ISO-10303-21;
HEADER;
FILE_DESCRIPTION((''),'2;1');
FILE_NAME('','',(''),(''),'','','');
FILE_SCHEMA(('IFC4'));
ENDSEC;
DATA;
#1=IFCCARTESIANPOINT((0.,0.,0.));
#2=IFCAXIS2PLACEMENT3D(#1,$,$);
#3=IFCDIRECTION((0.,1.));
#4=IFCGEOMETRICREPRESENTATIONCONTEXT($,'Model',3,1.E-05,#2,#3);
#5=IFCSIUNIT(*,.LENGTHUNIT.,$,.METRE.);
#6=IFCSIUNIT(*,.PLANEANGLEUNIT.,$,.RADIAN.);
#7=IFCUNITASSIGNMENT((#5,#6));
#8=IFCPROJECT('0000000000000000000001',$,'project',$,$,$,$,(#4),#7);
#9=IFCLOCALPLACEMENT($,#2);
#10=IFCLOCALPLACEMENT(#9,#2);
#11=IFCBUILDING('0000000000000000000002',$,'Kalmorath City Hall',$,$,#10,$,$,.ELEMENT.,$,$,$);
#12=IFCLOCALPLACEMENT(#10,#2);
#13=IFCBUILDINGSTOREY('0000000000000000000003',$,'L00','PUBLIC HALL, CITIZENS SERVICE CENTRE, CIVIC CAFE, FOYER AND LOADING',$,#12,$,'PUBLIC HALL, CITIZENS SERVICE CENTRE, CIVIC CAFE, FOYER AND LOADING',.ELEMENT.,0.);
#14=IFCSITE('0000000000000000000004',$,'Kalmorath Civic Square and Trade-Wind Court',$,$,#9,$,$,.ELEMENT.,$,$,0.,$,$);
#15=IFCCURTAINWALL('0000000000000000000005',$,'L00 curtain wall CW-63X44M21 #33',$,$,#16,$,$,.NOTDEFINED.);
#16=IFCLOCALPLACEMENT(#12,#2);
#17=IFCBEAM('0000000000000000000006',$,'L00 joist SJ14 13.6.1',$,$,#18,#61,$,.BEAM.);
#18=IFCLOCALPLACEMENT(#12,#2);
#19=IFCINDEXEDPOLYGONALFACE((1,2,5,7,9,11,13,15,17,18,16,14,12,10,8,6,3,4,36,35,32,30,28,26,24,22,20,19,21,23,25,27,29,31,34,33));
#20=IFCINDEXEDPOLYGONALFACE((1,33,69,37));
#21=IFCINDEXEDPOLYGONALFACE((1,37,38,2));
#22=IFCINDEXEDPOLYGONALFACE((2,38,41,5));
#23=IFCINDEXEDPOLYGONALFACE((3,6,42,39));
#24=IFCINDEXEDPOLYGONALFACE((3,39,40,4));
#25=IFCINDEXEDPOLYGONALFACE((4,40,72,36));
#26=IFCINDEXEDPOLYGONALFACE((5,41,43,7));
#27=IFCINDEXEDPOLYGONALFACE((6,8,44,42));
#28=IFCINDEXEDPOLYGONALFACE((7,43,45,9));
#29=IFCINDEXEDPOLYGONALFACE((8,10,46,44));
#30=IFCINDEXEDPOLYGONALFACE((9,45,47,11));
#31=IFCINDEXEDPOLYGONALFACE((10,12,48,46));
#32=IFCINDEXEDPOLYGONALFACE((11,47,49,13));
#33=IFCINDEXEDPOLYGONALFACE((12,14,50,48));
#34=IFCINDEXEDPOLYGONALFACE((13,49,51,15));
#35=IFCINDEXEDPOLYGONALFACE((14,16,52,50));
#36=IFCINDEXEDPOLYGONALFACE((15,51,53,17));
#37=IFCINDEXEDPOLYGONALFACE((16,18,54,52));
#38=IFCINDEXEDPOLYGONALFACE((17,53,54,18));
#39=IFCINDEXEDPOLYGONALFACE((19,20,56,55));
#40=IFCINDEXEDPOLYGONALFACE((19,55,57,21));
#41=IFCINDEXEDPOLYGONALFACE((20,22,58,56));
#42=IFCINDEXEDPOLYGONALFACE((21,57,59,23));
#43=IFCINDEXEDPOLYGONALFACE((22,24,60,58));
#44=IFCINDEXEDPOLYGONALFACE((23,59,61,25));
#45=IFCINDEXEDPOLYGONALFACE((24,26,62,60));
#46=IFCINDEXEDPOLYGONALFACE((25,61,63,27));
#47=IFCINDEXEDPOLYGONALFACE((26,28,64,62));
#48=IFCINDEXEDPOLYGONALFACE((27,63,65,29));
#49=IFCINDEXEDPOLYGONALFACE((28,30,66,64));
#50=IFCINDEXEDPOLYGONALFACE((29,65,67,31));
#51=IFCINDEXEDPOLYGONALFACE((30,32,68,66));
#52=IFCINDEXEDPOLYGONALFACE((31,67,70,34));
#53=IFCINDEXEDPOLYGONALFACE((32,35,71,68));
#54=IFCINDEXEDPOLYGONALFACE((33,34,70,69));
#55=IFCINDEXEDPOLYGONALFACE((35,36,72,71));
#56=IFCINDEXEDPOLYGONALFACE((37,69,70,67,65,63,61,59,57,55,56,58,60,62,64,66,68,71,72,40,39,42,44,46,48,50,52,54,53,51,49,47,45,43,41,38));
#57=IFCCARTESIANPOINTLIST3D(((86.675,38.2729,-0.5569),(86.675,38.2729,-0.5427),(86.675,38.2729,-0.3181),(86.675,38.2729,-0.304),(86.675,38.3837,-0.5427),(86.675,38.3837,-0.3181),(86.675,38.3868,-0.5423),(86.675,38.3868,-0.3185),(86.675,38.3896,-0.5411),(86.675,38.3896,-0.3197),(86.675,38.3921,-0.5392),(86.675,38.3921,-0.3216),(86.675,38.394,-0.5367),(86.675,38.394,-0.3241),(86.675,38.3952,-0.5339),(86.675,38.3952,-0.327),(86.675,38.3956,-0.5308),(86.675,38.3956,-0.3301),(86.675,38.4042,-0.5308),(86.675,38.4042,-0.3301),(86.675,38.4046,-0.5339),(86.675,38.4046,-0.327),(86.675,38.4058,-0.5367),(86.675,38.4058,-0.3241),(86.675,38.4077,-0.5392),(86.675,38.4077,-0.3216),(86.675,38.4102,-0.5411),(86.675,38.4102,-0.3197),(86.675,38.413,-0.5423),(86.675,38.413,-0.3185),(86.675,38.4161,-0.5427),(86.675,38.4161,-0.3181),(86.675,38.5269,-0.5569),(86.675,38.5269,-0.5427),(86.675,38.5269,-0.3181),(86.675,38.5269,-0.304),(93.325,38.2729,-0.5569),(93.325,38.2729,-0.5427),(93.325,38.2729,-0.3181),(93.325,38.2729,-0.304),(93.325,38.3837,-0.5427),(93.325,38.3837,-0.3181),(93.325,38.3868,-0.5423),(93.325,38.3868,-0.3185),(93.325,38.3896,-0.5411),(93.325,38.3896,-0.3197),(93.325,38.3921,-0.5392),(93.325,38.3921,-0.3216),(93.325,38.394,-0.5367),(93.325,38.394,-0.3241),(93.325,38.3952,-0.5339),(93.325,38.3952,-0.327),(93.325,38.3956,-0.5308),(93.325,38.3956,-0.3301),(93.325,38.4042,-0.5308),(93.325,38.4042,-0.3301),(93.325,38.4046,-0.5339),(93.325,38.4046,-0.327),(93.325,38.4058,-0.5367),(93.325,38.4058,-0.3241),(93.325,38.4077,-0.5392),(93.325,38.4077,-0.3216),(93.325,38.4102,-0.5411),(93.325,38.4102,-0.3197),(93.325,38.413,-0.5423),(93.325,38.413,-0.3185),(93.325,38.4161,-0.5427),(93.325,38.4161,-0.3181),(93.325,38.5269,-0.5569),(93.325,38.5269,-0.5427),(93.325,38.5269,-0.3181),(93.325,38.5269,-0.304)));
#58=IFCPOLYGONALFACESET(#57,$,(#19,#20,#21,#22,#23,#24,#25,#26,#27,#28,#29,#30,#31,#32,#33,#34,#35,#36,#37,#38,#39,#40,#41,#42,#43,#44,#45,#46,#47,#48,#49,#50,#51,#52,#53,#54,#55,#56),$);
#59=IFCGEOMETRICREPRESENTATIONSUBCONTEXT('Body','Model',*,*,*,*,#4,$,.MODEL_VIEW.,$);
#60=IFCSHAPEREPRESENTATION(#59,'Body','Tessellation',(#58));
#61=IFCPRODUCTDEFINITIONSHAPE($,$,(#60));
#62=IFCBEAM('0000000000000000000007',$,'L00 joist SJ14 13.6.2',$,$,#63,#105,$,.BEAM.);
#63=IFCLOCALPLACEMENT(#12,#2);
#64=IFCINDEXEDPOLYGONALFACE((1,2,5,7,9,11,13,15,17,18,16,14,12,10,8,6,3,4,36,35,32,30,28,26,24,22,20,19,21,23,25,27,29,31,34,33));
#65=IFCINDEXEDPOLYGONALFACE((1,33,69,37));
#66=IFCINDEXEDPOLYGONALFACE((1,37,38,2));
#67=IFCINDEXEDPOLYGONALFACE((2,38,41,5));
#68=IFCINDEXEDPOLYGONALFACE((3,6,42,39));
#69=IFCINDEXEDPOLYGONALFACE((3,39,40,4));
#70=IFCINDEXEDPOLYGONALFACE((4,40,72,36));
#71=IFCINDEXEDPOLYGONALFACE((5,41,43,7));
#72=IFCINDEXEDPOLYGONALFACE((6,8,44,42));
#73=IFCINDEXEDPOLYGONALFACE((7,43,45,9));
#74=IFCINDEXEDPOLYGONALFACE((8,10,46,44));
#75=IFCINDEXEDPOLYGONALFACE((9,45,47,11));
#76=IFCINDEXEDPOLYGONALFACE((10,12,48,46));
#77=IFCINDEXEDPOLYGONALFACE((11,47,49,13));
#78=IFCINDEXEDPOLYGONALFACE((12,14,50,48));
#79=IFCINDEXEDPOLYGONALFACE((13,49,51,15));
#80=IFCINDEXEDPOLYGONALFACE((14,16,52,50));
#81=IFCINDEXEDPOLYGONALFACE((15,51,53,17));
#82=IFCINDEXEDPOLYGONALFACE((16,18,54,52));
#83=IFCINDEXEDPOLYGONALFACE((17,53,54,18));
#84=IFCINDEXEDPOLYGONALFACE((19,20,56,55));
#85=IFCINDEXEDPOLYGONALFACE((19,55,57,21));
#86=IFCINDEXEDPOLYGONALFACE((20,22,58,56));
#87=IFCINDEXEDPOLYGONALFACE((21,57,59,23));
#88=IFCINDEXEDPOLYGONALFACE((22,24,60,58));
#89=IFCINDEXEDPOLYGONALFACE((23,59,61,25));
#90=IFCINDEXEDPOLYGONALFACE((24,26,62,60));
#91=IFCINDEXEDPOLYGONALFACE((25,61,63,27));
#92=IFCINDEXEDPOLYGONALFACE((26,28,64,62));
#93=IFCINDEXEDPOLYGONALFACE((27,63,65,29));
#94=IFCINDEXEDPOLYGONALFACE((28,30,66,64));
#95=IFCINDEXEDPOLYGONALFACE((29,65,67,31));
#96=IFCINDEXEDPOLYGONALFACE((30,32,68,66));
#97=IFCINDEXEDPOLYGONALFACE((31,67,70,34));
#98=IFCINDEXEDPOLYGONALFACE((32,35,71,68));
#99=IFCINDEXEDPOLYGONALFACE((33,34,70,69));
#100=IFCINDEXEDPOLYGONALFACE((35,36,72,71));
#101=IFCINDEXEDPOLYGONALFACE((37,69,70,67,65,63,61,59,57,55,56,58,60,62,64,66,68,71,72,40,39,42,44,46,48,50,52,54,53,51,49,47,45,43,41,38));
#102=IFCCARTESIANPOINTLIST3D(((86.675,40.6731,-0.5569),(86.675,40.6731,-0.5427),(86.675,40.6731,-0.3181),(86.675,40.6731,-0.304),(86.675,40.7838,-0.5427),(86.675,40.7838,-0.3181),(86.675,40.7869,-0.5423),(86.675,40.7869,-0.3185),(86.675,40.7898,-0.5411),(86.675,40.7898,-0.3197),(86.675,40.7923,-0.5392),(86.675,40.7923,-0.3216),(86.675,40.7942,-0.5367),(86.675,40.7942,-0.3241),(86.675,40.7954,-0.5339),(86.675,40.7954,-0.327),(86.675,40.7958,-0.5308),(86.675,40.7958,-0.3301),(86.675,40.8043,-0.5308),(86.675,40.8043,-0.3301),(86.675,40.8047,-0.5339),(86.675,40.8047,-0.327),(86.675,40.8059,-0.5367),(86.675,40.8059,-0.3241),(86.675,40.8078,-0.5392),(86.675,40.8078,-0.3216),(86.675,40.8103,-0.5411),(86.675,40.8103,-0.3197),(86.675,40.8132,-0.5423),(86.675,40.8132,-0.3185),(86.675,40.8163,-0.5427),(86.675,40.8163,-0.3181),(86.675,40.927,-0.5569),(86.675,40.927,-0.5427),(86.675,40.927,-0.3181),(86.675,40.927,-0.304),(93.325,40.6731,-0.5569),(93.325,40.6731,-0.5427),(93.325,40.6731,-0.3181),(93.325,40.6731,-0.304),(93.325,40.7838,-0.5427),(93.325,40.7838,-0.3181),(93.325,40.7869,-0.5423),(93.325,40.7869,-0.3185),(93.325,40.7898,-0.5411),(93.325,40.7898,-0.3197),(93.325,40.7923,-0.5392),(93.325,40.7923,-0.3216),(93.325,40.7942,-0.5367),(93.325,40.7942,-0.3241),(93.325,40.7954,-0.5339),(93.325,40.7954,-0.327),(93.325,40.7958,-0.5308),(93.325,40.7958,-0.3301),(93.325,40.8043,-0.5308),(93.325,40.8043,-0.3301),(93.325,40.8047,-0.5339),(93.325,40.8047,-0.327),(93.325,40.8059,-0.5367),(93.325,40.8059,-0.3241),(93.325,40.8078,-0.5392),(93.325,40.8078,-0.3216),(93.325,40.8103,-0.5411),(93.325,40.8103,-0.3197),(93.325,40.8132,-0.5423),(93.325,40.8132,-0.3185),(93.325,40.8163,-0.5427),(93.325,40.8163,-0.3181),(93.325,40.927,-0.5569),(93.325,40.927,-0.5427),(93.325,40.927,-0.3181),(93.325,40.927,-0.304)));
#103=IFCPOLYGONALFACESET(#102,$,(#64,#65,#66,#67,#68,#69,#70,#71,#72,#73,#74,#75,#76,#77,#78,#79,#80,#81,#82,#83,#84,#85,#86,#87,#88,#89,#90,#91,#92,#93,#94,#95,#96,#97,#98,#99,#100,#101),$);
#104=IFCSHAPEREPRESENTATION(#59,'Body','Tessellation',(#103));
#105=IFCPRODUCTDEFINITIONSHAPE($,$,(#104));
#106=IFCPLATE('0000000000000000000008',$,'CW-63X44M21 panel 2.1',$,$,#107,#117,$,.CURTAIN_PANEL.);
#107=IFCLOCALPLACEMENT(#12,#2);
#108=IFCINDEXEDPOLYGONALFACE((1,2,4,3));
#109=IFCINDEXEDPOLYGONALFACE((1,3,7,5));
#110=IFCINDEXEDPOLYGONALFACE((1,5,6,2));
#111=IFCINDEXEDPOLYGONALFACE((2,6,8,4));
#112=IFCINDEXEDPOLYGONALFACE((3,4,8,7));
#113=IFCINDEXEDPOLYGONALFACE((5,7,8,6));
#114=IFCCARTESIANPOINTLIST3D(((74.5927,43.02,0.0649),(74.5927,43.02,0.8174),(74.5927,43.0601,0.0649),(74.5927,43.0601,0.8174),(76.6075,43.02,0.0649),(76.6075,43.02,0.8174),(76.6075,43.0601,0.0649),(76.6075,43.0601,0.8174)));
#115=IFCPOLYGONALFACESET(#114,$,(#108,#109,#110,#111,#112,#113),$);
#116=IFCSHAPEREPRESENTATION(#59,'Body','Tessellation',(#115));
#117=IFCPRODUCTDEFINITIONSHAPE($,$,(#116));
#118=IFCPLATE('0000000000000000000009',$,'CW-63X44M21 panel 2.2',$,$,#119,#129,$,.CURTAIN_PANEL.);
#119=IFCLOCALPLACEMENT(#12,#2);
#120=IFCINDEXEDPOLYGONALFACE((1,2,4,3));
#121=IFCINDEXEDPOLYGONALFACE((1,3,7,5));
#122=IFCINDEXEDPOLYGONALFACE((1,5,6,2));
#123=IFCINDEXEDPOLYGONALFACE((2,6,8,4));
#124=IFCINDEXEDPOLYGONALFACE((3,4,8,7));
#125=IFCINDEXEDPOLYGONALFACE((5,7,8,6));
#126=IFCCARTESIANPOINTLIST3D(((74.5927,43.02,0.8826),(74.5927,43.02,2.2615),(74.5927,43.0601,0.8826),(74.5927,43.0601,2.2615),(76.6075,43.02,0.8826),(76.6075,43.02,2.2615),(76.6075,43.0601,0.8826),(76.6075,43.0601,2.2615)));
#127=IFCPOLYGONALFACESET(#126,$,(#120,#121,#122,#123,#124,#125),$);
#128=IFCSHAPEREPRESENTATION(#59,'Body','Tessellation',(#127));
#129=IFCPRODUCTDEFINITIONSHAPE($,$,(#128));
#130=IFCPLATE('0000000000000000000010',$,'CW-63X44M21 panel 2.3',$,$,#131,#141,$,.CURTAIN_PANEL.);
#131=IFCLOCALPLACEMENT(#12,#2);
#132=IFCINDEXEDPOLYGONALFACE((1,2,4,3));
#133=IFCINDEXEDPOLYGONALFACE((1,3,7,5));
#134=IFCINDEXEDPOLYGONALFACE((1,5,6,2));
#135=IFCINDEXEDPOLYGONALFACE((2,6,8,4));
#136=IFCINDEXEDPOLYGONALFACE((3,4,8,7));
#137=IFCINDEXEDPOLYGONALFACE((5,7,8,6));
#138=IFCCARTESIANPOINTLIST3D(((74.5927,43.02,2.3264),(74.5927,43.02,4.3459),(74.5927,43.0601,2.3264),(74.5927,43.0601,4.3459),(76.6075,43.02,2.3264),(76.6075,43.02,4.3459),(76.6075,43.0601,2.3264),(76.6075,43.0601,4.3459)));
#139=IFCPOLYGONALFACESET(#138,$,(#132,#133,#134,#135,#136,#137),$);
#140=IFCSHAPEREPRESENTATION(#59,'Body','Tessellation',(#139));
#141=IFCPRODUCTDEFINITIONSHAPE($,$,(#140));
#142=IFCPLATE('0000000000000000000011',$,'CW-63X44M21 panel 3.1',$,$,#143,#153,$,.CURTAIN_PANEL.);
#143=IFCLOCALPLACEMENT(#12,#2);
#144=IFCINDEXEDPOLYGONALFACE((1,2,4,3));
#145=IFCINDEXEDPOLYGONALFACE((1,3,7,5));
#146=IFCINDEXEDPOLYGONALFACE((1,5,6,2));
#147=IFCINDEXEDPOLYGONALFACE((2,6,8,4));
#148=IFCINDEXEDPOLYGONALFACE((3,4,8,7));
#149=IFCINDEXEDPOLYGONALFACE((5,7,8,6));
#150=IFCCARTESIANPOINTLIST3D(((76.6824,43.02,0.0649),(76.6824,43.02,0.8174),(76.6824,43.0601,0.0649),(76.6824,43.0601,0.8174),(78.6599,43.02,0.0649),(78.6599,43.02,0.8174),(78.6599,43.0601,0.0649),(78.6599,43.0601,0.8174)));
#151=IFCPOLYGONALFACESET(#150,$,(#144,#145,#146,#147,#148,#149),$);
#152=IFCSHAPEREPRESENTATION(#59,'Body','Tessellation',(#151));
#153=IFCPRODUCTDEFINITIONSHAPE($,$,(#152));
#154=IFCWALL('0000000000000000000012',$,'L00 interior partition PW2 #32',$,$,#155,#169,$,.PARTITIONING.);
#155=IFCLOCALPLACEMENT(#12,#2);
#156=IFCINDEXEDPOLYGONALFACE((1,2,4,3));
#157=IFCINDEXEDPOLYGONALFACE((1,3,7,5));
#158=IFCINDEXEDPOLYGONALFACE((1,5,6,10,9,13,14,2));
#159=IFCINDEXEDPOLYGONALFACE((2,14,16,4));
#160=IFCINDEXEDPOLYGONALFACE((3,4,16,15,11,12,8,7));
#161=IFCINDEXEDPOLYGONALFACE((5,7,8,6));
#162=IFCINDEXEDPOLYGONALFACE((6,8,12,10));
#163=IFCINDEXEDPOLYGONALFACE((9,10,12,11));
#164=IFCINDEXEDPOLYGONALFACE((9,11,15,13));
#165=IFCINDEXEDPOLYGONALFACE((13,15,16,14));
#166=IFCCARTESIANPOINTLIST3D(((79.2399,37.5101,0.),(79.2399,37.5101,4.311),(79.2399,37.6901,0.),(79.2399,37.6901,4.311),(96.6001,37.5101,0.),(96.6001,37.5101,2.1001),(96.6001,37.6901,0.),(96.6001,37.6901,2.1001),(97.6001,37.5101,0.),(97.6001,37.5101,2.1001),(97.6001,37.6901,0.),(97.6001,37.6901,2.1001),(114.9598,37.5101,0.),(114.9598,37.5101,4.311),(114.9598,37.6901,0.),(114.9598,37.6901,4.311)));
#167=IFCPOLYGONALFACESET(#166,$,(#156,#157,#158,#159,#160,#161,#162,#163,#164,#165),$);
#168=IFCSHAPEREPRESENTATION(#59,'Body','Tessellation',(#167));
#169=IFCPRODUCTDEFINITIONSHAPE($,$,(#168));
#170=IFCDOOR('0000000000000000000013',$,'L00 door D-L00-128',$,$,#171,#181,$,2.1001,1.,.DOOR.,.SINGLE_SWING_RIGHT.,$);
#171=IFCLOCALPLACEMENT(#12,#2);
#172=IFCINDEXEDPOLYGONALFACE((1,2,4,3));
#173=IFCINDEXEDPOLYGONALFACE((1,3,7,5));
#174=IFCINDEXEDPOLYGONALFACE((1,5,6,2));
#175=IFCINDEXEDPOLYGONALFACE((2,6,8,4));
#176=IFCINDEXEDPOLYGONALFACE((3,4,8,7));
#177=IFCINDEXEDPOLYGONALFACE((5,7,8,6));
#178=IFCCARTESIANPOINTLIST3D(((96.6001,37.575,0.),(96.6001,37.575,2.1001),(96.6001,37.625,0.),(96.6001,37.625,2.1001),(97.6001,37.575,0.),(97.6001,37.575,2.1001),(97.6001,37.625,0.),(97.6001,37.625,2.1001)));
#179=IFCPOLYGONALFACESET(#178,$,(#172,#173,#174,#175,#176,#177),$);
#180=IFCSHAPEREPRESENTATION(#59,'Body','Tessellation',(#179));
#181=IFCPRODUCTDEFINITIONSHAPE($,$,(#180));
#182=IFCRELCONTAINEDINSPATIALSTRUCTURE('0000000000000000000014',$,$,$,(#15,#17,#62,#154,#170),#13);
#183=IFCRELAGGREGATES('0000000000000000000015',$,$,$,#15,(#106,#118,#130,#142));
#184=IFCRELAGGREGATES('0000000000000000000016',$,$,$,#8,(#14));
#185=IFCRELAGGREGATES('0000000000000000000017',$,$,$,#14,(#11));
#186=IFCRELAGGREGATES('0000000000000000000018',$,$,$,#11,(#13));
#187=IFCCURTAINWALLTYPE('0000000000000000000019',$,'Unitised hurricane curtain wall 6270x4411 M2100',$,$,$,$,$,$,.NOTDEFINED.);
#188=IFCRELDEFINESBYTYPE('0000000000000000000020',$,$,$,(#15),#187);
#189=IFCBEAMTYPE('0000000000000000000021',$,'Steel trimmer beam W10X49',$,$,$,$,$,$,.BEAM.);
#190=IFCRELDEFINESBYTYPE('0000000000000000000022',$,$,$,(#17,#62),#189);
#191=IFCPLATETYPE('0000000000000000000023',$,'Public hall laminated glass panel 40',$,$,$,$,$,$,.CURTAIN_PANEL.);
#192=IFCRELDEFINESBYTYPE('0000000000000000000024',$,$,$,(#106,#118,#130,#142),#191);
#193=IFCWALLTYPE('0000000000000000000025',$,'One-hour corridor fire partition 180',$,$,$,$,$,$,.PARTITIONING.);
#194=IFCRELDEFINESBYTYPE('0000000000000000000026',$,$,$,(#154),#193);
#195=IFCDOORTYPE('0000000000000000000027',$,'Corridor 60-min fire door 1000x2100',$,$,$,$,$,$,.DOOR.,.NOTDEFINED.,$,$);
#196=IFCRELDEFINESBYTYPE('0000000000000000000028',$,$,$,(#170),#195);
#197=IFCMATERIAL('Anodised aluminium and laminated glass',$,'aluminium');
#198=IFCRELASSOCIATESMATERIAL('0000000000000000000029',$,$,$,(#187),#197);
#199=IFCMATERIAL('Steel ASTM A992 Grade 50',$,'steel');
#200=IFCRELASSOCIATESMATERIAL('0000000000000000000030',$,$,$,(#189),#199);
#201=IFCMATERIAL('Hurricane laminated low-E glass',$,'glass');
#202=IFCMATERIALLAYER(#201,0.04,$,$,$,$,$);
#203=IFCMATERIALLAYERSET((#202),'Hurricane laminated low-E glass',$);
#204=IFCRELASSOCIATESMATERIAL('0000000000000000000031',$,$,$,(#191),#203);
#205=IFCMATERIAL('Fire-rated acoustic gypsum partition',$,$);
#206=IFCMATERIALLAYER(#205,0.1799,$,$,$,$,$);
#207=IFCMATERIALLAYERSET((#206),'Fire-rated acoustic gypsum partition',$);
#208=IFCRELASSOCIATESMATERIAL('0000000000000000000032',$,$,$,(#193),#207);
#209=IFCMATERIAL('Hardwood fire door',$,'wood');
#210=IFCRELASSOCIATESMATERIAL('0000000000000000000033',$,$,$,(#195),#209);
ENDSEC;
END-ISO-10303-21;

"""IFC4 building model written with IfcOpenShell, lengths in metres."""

from ifc_helpers import new_model, si_unit, direction, frame, frame_2d, origin, origin_2d, place, context, subcontext, project, spatial, rectangle, i_section, extrude, material, layer, layer_set, material_profile, profile_set, type_object, element, fill, aggregate, save


model = new_model("IFC4")

# Units and contexts
model_context = context("Model", 3, precision=1e-05, world=origin(), true_north=direction((0.0, 1.0)))
body_context = subcontext(model_context, "Body", "Model", "MODEL_VIEW")
ifc_project = project(units=[si_unit("LENGTHUNIT", "METRE"), si_unit("PLANEANGLEUNIT", "RADIAN")], contexts=[model_context])

# Site, building, storey
site_placement = place(None, origin())
site = spatial("IfcSite", under=ifc_project, at=site_placement, Name="Kalmorath Civic Square and Trade-Wind Court", CompositionType="ELEMENT", RefElevation=0.0)
building_placement = place(site_placement, origin())
building = spatial("IfcBuilding", under=site, at=building_placement, Name="Kalmorath City Hall", CompositionType="ELEMENT")
storey_placement = place(building_placement, origin())
storey = spatial("IfcBuildingStorey", under=building, at=storey_placement, Name="L00", Description="PUBLIC HALL, CITIZENS SERVICE CENTRE, CIVIC CAFE, FOYER AND LOADING", LongName="PUBLIC HALL, CITIZENS SERVICE CENTRE, CIVIC CAFE, FOYER AND LOADING", CompositionType="ELEMENT", Elevation=0.0)

# Curtain wall
ifc_material_1 = material(Name="Anodised aluminium and laminated glass", Category="aluminium")
curtain_wall_type = type_object("IfcCurtainWallType", Name="Unitised hurricane curtain wall 6270x4411 M2100", PredefinedType="NOTDEFINED", material=ifc_material_1)
curtain_wall_placement = place(storey_placement, origin())
curtain_wall = element("IfcCurtainWall", 1, at=curtain_wall_placement, inside=storey, type_object=curtain_wall_type, Name="L00 curtain wall CW-63X44M21 #33", PredefinedType="NOTDEFINED")

# Beams
ifc_material_2 = material(Name="Steel ASTM A992 Grade 50", Category="steel")
ifc_material_profile_1 = material_profile(ifc_material_2, i_section(OverallWidth=0.2539, OverallDepth=0.2529, WebThickness=0.0085, FlangeThickness=0.0142, FilletRadius=0.012, at=origin_2d()), Name="W10X49")
ifc_profile_set_1 = profile_set([ifc_material_profile_1], Name="Steel ASTM A992 Grade 50")
beam_type_1 = type_object("IfcBeamType", Name="Steel trimmer beam W10X49", PredefinedType="BEAM", material=ifc_profile_set_1)
for number, where, z_axis, x_axis, name in (
    (2, (86.675, 38.3999, -0.4304), (1.0, 0.0, 0.0), (0.0, 1.0, 0.0), "L00 joist SJ14 13.6.1"),
    (3, (86.675, 40.8, -0.4304), (1.0, 0.0, 0.0), (0.0, 1.0, 0.0), "L00 joist SJ14 13.6.2"),
):
    element("IfcBeam", number, at=place(storey_placement, frame(where, z_axis=z_axis, x_axis=x_axis)), inside=storey, type_object=beam_type_1, Name=name, PredefinedType="BEAM", context=body_context, shape_type="SweptSolid", body=[
        extrude(i_section(OverallWidth=0.2539, OverallDepth=0.2529, WebThickness=0.0085, FlangeThickness=0.0142, FilletRadius=0.012, at=origin_2d()), origin(), (0.0, 0.0, 1.0), 6.6499),
    ])

# Plates
ifc_material_3 = material(Name="Hurricane laminated low-E glass", Category="glass")
ifc_layer_1 = layer(ifc_material_3, 0.04)
ifc_layer_set_1 = layer_set([ifc_layer_1], Name="Hurricane laminated low-E glass")
plate_type = type_object("IfcPlateType", Name="Public hall laminated glass panel 40", PredefinedType="CURTAIN_PANEL", material=ifc_layer_set_1)
plate_1_placement = place(storey_placement, frame((75.6001, 43.04, 0.0649), z_axis=(0.0, 0.0, 1.0), x_axis=(1.0, 0.0, 0.0)))
plate_1 = element("IfcPlate", 4, at=plate_1_placement, type_object=plate_type, Name="CW-63X44M21 panel 2.1", PredefinedType="CURTAIN_PANEL", context=body_context, shape_type="SweptSolid", body=[
    extrude(rectangle(XDim=2.0149, YDim=0.04, at=origin_2d()), origin(), (0.0, 0.0, 1.0), 0.7524),
])
plate_2_placement = place(storey_placement, frame((75.6001, 43.04, 0.8826), z_axis=(0.0, 0.0, 1.0), x_axis=(1.0, 0.0, 0.0)))
plate_2 = element("IfcPlate", 5, at=plate_2_placement, type_object=plate_type, Name="CW-63X44M21 panel 2.2", PredefinedType="CURTAIN_PANEL", context=body_context, shape_type="SweptSolid", body=[
    extrude(rectangle(XDim=2.0149, YDim=0.04, at=origin_2d()), origin(), (0.0, 0.0, 1.0), 1.3789),
])
plate_3_placement = place(storey_placement, frame((75.6001, 43.04, 2.3264), z_axis=(0.0, 0.0, 1.0), x_axis=(1.0, 0.0, 0.0)))
plate_3 = element("IfcPlate", 6, at=plate_3_placement, type_object=plate_type, Name="CW-63X44M21 panel 2.3", PredefinedType="CURTAIN_PANEL", context=body_context, shape_type="SweptSolid", body=[
    extrude(rectangle(XDim=2.0149, YDim=0.04, at=origin_2d()), origin(), (0.0, 0.0, 1.0), 2.0195),
])
plate_4_placement = place(storey_placement, frame((77.6711, 43.04, 0.0649), z_axis=(0.0, 0.0, 1.0), x_axis=(1.0, 0.0, 0.0)))
plate_4 = element("IfcPlate", 7, at=plate_4_placement, type_object=plate_type, Name="CW-63X44M21 panel 3.1", PredefinedType="CURTAIN_PANEL", context=body_context, shape_type="SweptSolid", body=[
    extrude(rectangle(XDim=1.9775, YDim=0.04, at=origin_2d()), origin(), (0.0, 0.0, 1.0), 0.7524),
])
aggregate(curtain_wall, [plate_1, plate_2, plate_3, plate_4])

# Wall, opening, door
ifc_material_4 = material(Name="Fire-rated acoustic gypsum partition")
ifc_layer_2 = layer(ifc_material_4, 0.1799)
ifc_layer_set_2 = layer_set([ifc_layer_2], Name="Fire-rated acoustic gypsum partition")
wall_type = type_object("IfcWallType", Name="One-hour corridor fire partition 180", PredefinedType="PARTITIONING", material=ifc_layer_set_2)
wall_placement = place(storey_placement, frame((79.24, 37.6001, 0.0), z_axis=(0.0, 0.0, 1.0), x_axis=(1.0, 0.0, 0.0)))
wall = element("IfcWall", 8, at=wall_placement, inside=storey, type_object=wall_type, Name="L00 interior partition PW2 #32", PredefinedType="PARTITIONING", context=body_context, shape_type="SweptSolid", body=[
    extrude(rectangle(XDim=35.72, YDim=0.1799, at=frame_2d((17.8599, 0.0))), origin(), (0.0, 0.0, 1.0), 4.311),
])
opening_placement = place(wall_placement, frame((17.3601, 0.0, 0.0)))
opening = element("IfcOpeningElement", 9, at=opening_placement, cuts=wall, PredefinedType="OPENING", context=body_context, shape_type="SweptSolid", body=[
    extrude(rectangle(XDim=1.0, YDim=2.1001, at=frame_2d((0.5, 1.05))), frame((0.0, 0.0999, 0.0), z_axis=(0.0, -1.0, 0.0), x_axis=(1.0, 0.0, 0.0)), (0.0, 0.0, 1.0), 0.2),
])
ifc_material_5 = material(Name="Hardwood fire door", Category="wood")
door_type = type_object("IfcDoorType", Name="Corridor 60-min fire door 1000x2100", OperationType="NOTDEFINED", PredefinedType="DOOR", material=ifc_material_5)
door_placement = place(opening_placement, origin())
door = element("IfcDoor", 10, at=door_placement, inside=storey, type_object=door_type, Name="L00 door D-L00-128", OperationType="SINGLE_SWING_RIGHT", OverallHeight=2.1001, OverallWidth=1.0, PredefinedType="DOOR", context=body_context, shape_type="SweptSolid", body=[
    extrude(rectangle(XDim=1.0, YDim=2.1001, at=frame_2d((0.5, 1.05))), frame((0.0, 0.0249, 0.0), z_axis=(0.0, -1.0, 0.0), x_axis=(1.0, 0.0, 0.0)), (0.0, 0.0, 1.0), 0.05),
])
fill(opening, door)

save(model, "model.ifc")
